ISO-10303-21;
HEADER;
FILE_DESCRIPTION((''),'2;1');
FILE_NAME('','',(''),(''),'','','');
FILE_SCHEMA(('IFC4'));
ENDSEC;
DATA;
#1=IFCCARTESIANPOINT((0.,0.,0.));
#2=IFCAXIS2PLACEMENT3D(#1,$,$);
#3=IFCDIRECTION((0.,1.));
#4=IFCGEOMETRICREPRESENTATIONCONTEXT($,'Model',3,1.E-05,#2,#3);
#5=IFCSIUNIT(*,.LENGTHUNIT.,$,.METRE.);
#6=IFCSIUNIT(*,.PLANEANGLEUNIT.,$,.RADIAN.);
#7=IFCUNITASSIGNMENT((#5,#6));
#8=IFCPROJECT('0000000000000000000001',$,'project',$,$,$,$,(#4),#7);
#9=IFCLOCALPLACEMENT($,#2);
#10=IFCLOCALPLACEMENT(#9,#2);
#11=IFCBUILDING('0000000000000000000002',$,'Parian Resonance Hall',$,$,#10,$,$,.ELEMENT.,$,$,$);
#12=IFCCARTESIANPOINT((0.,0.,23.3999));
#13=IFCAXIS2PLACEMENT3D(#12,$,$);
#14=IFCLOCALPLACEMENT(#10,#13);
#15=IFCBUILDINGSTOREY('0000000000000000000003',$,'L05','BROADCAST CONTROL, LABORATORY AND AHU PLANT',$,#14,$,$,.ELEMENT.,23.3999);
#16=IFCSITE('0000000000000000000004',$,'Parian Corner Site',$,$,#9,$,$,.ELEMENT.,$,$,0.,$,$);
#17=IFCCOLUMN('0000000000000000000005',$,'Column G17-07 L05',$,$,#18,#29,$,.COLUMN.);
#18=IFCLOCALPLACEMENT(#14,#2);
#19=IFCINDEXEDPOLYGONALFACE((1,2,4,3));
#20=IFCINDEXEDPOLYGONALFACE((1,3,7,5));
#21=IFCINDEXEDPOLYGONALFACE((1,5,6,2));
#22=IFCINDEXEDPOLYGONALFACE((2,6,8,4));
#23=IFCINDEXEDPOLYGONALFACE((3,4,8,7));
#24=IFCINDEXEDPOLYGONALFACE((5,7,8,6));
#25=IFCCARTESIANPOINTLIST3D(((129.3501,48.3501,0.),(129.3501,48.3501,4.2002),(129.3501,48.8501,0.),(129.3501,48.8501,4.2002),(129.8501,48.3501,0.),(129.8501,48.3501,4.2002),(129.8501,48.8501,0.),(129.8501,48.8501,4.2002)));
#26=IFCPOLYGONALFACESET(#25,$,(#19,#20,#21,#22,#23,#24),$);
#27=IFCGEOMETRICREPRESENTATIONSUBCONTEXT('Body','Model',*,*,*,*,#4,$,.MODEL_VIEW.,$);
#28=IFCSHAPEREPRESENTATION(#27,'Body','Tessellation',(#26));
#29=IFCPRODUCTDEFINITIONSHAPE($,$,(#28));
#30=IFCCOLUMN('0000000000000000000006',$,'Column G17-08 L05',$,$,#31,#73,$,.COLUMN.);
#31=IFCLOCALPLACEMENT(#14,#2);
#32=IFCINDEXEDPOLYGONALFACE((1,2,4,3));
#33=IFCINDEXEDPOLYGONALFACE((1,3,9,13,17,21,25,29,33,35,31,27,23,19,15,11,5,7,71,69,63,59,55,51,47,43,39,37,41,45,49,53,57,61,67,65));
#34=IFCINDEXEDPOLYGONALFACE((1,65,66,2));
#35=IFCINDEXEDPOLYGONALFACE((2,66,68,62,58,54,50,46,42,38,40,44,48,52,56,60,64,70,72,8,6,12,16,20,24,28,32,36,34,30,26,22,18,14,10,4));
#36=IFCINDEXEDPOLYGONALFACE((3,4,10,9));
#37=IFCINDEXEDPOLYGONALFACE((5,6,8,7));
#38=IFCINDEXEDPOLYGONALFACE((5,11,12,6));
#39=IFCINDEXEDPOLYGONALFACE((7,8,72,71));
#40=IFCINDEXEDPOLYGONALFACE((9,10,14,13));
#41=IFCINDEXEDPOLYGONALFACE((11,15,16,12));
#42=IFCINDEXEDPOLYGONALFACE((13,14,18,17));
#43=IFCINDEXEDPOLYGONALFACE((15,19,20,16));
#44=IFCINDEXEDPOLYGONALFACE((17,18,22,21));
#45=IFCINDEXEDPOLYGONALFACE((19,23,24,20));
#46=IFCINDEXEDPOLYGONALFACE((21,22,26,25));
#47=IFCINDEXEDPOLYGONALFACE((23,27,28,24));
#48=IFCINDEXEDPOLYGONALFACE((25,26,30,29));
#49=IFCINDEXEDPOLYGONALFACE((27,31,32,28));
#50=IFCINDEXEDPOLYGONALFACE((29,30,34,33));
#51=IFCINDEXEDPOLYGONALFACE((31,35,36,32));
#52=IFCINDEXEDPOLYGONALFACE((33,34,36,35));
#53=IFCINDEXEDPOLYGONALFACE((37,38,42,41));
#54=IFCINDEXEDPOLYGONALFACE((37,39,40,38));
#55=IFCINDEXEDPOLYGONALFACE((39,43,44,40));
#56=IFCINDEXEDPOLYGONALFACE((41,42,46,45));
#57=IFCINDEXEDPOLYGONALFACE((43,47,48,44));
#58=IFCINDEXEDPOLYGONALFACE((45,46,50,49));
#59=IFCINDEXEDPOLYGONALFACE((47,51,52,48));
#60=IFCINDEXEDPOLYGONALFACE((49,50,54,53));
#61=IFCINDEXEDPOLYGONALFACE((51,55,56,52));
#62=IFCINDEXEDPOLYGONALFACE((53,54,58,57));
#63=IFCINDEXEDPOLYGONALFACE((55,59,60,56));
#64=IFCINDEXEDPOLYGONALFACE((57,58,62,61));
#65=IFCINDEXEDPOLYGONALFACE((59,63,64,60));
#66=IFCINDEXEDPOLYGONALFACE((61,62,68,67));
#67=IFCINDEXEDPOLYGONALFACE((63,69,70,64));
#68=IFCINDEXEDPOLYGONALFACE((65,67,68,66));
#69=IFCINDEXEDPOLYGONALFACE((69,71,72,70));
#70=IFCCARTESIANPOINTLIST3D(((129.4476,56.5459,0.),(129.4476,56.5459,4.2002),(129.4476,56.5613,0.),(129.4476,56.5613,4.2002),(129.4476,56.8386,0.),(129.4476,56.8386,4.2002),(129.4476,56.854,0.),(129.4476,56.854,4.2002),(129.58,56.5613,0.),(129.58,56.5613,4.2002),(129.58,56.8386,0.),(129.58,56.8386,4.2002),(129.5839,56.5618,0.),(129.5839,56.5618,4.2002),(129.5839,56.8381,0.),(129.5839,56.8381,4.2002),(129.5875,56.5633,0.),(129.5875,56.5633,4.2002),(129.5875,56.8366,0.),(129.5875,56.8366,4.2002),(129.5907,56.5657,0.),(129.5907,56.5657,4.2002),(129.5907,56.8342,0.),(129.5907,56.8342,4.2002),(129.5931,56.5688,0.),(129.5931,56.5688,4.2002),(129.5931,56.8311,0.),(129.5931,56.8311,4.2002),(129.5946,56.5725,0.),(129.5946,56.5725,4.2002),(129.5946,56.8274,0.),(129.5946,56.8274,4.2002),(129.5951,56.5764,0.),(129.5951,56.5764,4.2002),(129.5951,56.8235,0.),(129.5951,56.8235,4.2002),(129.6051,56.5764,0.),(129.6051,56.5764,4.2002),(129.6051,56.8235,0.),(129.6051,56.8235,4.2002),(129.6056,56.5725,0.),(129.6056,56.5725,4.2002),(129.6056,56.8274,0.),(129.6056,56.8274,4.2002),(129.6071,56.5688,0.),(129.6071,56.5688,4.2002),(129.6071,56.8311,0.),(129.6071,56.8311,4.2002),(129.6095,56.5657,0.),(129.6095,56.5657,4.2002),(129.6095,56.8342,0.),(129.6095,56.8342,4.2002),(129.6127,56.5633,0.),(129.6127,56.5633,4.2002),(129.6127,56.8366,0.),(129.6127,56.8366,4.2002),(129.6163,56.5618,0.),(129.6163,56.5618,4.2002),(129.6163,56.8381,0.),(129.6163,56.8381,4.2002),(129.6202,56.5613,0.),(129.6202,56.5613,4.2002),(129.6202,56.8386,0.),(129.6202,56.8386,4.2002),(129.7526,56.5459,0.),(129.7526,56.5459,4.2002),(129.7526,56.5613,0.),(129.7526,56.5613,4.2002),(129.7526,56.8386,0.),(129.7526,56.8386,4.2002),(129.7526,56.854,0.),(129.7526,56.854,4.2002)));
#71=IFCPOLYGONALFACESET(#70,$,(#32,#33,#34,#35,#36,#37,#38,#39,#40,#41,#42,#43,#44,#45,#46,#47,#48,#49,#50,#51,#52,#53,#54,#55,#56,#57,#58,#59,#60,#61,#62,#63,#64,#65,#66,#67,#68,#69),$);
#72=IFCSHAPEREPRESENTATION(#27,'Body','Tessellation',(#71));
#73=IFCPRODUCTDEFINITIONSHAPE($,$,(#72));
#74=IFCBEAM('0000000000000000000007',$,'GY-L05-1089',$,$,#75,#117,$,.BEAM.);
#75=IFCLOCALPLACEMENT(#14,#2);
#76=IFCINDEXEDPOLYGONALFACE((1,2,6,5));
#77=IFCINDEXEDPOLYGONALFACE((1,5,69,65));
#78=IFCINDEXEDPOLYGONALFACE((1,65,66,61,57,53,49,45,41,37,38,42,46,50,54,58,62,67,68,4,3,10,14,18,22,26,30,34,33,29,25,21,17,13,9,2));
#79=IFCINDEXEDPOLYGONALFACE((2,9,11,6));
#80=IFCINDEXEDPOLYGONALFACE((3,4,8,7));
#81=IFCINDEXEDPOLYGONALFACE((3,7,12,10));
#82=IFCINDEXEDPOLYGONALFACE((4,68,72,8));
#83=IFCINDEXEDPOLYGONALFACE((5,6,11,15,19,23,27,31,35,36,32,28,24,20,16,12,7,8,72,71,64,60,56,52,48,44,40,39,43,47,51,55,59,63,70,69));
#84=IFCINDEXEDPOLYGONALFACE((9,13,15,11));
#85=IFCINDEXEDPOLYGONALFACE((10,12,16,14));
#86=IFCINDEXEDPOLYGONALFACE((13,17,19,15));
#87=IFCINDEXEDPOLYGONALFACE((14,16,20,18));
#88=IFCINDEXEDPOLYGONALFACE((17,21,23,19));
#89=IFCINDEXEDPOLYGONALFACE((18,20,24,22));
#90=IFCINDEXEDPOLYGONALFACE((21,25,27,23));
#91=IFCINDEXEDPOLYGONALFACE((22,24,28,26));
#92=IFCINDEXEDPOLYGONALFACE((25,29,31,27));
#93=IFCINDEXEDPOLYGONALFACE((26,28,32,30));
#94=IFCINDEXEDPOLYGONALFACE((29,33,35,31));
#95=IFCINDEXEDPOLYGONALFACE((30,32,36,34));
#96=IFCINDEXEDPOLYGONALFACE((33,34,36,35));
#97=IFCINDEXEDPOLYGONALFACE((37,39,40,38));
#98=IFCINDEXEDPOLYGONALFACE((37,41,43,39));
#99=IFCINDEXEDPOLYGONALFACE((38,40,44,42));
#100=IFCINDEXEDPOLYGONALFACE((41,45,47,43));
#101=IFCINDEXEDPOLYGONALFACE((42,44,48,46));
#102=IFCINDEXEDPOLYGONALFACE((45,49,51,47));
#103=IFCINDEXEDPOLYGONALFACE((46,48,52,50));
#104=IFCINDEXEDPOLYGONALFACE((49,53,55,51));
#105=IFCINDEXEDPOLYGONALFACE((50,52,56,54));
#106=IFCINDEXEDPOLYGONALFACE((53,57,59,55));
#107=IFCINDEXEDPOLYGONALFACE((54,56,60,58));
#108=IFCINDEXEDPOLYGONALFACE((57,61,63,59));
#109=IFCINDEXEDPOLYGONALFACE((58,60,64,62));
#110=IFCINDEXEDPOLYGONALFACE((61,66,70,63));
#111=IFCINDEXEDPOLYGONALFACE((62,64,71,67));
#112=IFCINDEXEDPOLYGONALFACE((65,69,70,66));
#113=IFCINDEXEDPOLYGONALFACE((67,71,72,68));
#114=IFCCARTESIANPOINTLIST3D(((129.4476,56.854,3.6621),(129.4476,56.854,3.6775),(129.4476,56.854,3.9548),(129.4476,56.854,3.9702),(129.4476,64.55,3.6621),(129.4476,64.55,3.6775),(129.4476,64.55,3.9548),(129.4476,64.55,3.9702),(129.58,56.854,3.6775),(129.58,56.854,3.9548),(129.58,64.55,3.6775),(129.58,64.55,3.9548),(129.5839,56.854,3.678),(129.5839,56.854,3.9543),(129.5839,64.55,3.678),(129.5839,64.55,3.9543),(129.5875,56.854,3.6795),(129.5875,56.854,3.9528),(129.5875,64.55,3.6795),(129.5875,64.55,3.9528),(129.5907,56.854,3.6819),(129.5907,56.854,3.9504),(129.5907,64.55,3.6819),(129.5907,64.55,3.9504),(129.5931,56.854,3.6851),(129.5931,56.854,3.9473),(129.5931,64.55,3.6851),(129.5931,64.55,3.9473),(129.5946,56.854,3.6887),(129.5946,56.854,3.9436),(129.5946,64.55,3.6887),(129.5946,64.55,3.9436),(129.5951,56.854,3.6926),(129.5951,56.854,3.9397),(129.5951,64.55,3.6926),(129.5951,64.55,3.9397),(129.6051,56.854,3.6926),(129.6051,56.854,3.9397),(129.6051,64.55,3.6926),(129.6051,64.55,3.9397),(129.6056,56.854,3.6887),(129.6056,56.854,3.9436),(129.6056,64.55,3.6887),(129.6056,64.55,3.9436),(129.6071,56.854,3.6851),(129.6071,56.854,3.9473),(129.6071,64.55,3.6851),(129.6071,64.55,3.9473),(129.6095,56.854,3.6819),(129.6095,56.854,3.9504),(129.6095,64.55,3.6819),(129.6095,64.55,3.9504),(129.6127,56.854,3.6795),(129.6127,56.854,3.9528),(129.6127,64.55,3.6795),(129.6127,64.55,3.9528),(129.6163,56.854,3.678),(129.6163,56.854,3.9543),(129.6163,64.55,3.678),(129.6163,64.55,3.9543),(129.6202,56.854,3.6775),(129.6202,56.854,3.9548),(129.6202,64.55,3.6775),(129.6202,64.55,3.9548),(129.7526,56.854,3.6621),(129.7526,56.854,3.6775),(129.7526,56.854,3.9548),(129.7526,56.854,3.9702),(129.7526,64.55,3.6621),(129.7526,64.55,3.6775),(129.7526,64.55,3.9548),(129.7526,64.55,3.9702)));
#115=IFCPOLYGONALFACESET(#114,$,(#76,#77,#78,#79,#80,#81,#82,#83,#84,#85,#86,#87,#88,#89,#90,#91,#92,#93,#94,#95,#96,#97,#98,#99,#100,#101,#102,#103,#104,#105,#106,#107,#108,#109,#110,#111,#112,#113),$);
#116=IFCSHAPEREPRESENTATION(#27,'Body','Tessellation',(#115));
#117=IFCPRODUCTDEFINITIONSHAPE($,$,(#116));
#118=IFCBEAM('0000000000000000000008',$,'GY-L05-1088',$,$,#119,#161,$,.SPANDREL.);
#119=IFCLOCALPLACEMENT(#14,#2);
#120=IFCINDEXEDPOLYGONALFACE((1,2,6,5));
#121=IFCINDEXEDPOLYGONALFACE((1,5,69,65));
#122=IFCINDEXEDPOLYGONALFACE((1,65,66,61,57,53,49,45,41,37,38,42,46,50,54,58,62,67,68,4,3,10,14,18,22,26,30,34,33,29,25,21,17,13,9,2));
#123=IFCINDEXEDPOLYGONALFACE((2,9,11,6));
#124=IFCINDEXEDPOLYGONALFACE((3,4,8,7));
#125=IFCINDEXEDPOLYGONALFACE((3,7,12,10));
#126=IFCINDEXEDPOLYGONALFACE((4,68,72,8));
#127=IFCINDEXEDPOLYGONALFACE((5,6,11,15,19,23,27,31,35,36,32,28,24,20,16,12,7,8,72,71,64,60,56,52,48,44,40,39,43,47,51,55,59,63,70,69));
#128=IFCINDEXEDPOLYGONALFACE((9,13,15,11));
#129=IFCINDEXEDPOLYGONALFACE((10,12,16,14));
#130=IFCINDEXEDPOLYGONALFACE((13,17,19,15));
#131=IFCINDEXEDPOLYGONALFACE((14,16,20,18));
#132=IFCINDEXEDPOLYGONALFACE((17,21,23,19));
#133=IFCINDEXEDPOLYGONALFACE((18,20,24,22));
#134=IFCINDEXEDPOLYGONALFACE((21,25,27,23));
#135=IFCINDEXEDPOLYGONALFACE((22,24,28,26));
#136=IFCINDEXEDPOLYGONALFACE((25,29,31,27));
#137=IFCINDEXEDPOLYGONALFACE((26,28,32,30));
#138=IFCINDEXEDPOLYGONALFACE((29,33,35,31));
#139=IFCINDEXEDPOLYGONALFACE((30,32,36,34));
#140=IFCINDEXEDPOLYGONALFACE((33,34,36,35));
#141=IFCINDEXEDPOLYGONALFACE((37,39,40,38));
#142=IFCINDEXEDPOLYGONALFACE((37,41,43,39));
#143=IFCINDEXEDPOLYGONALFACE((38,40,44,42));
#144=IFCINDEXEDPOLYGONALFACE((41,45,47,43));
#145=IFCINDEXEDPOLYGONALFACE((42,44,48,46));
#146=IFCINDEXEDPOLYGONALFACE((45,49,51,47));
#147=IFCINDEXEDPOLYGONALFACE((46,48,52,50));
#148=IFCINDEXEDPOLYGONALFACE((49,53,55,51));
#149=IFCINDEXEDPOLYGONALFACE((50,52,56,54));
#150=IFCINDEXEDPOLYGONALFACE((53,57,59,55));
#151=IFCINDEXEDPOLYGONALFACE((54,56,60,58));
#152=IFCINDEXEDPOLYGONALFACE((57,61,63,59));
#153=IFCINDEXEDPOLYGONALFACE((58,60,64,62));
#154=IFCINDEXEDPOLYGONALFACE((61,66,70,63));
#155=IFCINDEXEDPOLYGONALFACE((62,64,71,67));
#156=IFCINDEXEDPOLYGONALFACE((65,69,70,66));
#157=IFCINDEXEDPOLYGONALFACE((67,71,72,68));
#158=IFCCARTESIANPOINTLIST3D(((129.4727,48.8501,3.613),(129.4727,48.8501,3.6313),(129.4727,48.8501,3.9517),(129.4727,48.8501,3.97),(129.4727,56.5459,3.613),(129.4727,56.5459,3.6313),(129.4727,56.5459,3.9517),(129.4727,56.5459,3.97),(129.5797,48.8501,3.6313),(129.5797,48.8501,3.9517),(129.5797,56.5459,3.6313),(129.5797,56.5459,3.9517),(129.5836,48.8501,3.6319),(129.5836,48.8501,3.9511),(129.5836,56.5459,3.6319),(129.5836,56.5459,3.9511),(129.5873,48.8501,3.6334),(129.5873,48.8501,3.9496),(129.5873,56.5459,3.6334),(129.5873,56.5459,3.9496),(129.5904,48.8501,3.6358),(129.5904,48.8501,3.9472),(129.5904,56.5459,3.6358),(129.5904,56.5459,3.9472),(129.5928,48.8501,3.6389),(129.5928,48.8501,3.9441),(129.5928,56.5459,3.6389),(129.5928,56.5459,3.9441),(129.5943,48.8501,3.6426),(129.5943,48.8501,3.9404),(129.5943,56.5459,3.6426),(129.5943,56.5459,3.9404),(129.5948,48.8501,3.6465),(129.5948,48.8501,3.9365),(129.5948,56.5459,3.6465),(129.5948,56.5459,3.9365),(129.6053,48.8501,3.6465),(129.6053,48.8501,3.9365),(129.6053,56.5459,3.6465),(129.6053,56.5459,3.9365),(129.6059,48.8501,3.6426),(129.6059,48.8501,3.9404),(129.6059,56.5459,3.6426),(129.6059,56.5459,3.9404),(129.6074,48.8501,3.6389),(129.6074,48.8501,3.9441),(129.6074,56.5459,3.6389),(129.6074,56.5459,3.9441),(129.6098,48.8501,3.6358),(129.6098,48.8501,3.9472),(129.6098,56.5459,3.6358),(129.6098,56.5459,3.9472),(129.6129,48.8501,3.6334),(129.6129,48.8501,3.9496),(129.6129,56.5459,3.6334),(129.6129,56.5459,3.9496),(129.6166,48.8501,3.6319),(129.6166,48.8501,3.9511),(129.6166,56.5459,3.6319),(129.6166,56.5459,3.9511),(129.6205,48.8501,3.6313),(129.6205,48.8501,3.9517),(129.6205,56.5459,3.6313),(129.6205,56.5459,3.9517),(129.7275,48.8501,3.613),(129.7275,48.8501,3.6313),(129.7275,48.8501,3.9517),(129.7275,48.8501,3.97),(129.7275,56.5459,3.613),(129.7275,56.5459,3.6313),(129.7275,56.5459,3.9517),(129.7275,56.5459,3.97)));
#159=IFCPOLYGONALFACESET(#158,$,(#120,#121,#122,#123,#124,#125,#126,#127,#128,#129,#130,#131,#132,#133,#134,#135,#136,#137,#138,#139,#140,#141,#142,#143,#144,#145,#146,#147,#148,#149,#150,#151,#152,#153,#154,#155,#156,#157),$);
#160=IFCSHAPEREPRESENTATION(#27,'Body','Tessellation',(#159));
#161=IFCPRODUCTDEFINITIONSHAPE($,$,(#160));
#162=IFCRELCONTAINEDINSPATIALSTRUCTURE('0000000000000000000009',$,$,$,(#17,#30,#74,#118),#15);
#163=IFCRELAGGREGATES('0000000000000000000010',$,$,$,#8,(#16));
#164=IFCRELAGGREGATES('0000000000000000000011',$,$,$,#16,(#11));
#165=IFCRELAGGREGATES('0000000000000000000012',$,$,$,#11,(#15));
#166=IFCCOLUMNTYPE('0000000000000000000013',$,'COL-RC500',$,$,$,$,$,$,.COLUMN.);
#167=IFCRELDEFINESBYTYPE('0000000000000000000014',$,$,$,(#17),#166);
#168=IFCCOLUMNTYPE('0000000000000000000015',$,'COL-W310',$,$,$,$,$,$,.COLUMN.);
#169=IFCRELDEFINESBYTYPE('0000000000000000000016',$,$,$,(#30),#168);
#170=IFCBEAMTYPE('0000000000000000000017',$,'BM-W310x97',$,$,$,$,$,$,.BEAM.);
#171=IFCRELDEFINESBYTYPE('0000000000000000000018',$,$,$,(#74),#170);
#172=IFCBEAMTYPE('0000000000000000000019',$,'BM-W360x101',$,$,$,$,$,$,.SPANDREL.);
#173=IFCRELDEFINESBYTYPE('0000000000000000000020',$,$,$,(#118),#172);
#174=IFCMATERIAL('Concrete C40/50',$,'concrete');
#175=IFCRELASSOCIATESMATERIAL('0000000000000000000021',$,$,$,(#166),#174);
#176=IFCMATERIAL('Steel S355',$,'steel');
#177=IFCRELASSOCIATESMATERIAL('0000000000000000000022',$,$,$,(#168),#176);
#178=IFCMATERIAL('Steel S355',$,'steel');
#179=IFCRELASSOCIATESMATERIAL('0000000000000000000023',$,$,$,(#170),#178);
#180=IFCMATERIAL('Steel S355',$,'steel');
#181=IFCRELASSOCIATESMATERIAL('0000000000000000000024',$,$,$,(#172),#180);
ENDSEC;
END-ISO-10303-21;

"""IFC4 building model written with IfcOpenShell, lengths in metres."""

from ifc_helpers import new_model, si_unit, direction, frame, origin, origin_2d, place, context, subcontext, project, spatial, rectangle, i_section, extrude, material, material_profile, profile_set, type_object, element, save


model = new_model("IFC4")

# Units and contexts
model_context = context("Model", 3, precision=1e-05, world=origin(), true_north=direction((0.0, 1.0)))
body_context = subcontext(model_context, "Body", "Model", "MODEL_VIEW")
ifc_project = project(units=[si_unit("LENGTHUNIT", "METRE"), si_unit("PLANEANGLEUNIT", "RADIAN")], contexts=[model_context])

# Site, building, storey
site_placement = place(None, origin())
site = spatial("IfcSite", under=ifc_project, at=site_placement, Name="Parian Corner Site", CompositionType="ELEMENT", RefElevation=0.0)
building_placement = place(site_placement, origin())
building = spatial("IfcBuilding", under=site, at=building_placement, Name="Parian Resonance Hall", CompositionType="ELEMENT")
storey_placement = place(building_placement, frame((0.0, 0.0, 23.3999)))
storey = spatial("IfcBuildingStorey", under=building, at=storey_placement, Name="L05", Description="BROADCAST CONTROL, LABORATORY AND AHU PLANT", CompositionType="ELEMENT", Elevation=23.3999)

# Columns
ifc_material_1 = material(Name="Concrete C40/50", Category="concrete")
ifc_material_profile_1 = material_profile(ifc_material_1, rectangle(XDim=0.5, YDim=0.5, at=origin_2d()), Name="RC-COL-500x500")
ifc_profile_set_1 = profile_set([ifc_material_profile_1], Name="Concrete C40/50")
column_type_1 = type_object("IfcColumnType", Name="COL-RC500", PredefinedType="COLUMN", material=ifc_profile_set_1)
column_1_placement = place(storey_placement, frame((129.6001, 48.6001, 0.0), z_axis=(0.0, 0.0, 1.0), x_axis=(1.0, 0.0, 0.0)))
element("IfcColumn", 1, at=column_1_placement, inside=storey, type_object=column_type_1, Name="Column G17-07 L05", PredefinedType="COLUMN", context=body_context, shape_type="SweptSolid", body=[
    extrude(rectangle(XDim=0.5, YDim=0.5, at=origin_2d()), origin(), (0.0, 0.0, 1.0), 4.2002),
])
ifc_material_2 = material(Name="Steel S355", Category="steel")
ifc_material_profile_2 = material_profile(ifc_material_2, i_section(OverallWidth=0.3049, OverallDepth=0.3081, WebThickness=0.01, FlangeThickness=0.0154, FilletRadius=0.0151, at=origin_2d()), Name="W310x97")
ifc_profile_set_2 = profile_set([ifc_material_profile_2], Name="Steel S355")
column_type_2 = type_object("IfcColumnType", Name="COL-W310", PredefinedType="COLUMN", material=ifc_profile_set_2)
column_2_placement = place(storey_placement, frame((129.6001, 56.7, 0.0), z_axis=(0.0, 0.0, 1.0), x_axis=(1.0, 0.0, 0.0)))
element("IfcColumn", 2, at=column_2_placement, inside=storey, type_object=column_type_2, Name="Column G17-08 L05", PredefinedType="COLUMN", context=body_context, shape_type="SweptSolid", body=[
    extrude(i_section(OverallWidth=0.3049, OverallDepth=0.3081, WebThickness=0.01, FlangeThickness=0.0154, FilletRadius=0.0151, at=origin_2d()), origin(), (0.0, 0.0, 1.0), 4.2002),
])

# Beams
ifc_material_3 = material(Name="Steel S355", Category="steel")
ifc_material_profile_3 = material_profile(ifc_material_3, i_section(OverallWidth=0.3049, OverallDepth=0.3081, WebThickness=0.01, FlangeThickness=0.0154, FilletRadius=0.0151, at=origin_2d()), Name="W310x97")
ifc_profile_set_3 = profile_set([ifc_material_profile_3], Name="Steel S355")
beam_type_1 = type_object("IfcBeamType", Name="BM-W310x97", PredefinedType="BEAM", material=ifc_profile_set_3)
beam_1_placement = place(storey_placement, frame((129.6001, 56.854, 3.8162), z_axis=(0.0, 1.0, 0.0), x_axis=(-1.0, 0.0, 0.0)))
element("IfcBeam", 3, at=beam_1_placement, inside=storey, type_object=beam_type_1, Name="GY-L05-1089", PredefinedType="BEAM", context=body_context, shape_type="SweptSolid", body=[
    extrude(i_section(OverallWidth=0.3049, OverallDepth=0.3081, WebThickness=0.01, FlangeThickness=0.0154, FilletRadius=0.0151, at=origin_2d()), origin(), (0.0, 0.0, 1.0), 7.696),
])
ifc_material_4 = material(Name="Steel S355", Category="steel")
ifc_material_profile_4 = material_profile(ifc_material_4, i_section(OverallWidth=0.2549, OverallDepth=0.3569, WebThickness=0.0105, FlangeThickness=0.0183, FilletRadius=0.0151, at=origin_2d()), Name="W360x101")
ifc_profile_set_4 = profile_set([ifc_material_profile_4], Name="Steel S355")
beam_type_2 = type_object("IfcBeamType", Name="BM-W360x101", PredefinedType="SPANDREL", material=ifc_profile_set_4)
beam_2_placement = place(storey_placement, frame((129.6001, 48.8501, 3.7915), z_axis=(0.0, 1.0, 0.0), x_axis=(-1.0, 0.0, 0.0)))
element("IfcBeam", 4, at=beam_2_placement, inside=storey, type_object=beam_type_2, Name="GY-L05-1088", PredefinedType="SPANDREL", context=body_context, shape_type="SweptSolid", body=[
    extrude(i_section(OverallWidth=0.2549, OverallDepth=0.3569, WebThickness=0.0105, FlangeThickness=0.0183, FilletRadius=0.0151, at=origin_2d()), origin(), (0.0, 0.0, 1.0), 7.6958),
])

save(model, "model.ifc")
